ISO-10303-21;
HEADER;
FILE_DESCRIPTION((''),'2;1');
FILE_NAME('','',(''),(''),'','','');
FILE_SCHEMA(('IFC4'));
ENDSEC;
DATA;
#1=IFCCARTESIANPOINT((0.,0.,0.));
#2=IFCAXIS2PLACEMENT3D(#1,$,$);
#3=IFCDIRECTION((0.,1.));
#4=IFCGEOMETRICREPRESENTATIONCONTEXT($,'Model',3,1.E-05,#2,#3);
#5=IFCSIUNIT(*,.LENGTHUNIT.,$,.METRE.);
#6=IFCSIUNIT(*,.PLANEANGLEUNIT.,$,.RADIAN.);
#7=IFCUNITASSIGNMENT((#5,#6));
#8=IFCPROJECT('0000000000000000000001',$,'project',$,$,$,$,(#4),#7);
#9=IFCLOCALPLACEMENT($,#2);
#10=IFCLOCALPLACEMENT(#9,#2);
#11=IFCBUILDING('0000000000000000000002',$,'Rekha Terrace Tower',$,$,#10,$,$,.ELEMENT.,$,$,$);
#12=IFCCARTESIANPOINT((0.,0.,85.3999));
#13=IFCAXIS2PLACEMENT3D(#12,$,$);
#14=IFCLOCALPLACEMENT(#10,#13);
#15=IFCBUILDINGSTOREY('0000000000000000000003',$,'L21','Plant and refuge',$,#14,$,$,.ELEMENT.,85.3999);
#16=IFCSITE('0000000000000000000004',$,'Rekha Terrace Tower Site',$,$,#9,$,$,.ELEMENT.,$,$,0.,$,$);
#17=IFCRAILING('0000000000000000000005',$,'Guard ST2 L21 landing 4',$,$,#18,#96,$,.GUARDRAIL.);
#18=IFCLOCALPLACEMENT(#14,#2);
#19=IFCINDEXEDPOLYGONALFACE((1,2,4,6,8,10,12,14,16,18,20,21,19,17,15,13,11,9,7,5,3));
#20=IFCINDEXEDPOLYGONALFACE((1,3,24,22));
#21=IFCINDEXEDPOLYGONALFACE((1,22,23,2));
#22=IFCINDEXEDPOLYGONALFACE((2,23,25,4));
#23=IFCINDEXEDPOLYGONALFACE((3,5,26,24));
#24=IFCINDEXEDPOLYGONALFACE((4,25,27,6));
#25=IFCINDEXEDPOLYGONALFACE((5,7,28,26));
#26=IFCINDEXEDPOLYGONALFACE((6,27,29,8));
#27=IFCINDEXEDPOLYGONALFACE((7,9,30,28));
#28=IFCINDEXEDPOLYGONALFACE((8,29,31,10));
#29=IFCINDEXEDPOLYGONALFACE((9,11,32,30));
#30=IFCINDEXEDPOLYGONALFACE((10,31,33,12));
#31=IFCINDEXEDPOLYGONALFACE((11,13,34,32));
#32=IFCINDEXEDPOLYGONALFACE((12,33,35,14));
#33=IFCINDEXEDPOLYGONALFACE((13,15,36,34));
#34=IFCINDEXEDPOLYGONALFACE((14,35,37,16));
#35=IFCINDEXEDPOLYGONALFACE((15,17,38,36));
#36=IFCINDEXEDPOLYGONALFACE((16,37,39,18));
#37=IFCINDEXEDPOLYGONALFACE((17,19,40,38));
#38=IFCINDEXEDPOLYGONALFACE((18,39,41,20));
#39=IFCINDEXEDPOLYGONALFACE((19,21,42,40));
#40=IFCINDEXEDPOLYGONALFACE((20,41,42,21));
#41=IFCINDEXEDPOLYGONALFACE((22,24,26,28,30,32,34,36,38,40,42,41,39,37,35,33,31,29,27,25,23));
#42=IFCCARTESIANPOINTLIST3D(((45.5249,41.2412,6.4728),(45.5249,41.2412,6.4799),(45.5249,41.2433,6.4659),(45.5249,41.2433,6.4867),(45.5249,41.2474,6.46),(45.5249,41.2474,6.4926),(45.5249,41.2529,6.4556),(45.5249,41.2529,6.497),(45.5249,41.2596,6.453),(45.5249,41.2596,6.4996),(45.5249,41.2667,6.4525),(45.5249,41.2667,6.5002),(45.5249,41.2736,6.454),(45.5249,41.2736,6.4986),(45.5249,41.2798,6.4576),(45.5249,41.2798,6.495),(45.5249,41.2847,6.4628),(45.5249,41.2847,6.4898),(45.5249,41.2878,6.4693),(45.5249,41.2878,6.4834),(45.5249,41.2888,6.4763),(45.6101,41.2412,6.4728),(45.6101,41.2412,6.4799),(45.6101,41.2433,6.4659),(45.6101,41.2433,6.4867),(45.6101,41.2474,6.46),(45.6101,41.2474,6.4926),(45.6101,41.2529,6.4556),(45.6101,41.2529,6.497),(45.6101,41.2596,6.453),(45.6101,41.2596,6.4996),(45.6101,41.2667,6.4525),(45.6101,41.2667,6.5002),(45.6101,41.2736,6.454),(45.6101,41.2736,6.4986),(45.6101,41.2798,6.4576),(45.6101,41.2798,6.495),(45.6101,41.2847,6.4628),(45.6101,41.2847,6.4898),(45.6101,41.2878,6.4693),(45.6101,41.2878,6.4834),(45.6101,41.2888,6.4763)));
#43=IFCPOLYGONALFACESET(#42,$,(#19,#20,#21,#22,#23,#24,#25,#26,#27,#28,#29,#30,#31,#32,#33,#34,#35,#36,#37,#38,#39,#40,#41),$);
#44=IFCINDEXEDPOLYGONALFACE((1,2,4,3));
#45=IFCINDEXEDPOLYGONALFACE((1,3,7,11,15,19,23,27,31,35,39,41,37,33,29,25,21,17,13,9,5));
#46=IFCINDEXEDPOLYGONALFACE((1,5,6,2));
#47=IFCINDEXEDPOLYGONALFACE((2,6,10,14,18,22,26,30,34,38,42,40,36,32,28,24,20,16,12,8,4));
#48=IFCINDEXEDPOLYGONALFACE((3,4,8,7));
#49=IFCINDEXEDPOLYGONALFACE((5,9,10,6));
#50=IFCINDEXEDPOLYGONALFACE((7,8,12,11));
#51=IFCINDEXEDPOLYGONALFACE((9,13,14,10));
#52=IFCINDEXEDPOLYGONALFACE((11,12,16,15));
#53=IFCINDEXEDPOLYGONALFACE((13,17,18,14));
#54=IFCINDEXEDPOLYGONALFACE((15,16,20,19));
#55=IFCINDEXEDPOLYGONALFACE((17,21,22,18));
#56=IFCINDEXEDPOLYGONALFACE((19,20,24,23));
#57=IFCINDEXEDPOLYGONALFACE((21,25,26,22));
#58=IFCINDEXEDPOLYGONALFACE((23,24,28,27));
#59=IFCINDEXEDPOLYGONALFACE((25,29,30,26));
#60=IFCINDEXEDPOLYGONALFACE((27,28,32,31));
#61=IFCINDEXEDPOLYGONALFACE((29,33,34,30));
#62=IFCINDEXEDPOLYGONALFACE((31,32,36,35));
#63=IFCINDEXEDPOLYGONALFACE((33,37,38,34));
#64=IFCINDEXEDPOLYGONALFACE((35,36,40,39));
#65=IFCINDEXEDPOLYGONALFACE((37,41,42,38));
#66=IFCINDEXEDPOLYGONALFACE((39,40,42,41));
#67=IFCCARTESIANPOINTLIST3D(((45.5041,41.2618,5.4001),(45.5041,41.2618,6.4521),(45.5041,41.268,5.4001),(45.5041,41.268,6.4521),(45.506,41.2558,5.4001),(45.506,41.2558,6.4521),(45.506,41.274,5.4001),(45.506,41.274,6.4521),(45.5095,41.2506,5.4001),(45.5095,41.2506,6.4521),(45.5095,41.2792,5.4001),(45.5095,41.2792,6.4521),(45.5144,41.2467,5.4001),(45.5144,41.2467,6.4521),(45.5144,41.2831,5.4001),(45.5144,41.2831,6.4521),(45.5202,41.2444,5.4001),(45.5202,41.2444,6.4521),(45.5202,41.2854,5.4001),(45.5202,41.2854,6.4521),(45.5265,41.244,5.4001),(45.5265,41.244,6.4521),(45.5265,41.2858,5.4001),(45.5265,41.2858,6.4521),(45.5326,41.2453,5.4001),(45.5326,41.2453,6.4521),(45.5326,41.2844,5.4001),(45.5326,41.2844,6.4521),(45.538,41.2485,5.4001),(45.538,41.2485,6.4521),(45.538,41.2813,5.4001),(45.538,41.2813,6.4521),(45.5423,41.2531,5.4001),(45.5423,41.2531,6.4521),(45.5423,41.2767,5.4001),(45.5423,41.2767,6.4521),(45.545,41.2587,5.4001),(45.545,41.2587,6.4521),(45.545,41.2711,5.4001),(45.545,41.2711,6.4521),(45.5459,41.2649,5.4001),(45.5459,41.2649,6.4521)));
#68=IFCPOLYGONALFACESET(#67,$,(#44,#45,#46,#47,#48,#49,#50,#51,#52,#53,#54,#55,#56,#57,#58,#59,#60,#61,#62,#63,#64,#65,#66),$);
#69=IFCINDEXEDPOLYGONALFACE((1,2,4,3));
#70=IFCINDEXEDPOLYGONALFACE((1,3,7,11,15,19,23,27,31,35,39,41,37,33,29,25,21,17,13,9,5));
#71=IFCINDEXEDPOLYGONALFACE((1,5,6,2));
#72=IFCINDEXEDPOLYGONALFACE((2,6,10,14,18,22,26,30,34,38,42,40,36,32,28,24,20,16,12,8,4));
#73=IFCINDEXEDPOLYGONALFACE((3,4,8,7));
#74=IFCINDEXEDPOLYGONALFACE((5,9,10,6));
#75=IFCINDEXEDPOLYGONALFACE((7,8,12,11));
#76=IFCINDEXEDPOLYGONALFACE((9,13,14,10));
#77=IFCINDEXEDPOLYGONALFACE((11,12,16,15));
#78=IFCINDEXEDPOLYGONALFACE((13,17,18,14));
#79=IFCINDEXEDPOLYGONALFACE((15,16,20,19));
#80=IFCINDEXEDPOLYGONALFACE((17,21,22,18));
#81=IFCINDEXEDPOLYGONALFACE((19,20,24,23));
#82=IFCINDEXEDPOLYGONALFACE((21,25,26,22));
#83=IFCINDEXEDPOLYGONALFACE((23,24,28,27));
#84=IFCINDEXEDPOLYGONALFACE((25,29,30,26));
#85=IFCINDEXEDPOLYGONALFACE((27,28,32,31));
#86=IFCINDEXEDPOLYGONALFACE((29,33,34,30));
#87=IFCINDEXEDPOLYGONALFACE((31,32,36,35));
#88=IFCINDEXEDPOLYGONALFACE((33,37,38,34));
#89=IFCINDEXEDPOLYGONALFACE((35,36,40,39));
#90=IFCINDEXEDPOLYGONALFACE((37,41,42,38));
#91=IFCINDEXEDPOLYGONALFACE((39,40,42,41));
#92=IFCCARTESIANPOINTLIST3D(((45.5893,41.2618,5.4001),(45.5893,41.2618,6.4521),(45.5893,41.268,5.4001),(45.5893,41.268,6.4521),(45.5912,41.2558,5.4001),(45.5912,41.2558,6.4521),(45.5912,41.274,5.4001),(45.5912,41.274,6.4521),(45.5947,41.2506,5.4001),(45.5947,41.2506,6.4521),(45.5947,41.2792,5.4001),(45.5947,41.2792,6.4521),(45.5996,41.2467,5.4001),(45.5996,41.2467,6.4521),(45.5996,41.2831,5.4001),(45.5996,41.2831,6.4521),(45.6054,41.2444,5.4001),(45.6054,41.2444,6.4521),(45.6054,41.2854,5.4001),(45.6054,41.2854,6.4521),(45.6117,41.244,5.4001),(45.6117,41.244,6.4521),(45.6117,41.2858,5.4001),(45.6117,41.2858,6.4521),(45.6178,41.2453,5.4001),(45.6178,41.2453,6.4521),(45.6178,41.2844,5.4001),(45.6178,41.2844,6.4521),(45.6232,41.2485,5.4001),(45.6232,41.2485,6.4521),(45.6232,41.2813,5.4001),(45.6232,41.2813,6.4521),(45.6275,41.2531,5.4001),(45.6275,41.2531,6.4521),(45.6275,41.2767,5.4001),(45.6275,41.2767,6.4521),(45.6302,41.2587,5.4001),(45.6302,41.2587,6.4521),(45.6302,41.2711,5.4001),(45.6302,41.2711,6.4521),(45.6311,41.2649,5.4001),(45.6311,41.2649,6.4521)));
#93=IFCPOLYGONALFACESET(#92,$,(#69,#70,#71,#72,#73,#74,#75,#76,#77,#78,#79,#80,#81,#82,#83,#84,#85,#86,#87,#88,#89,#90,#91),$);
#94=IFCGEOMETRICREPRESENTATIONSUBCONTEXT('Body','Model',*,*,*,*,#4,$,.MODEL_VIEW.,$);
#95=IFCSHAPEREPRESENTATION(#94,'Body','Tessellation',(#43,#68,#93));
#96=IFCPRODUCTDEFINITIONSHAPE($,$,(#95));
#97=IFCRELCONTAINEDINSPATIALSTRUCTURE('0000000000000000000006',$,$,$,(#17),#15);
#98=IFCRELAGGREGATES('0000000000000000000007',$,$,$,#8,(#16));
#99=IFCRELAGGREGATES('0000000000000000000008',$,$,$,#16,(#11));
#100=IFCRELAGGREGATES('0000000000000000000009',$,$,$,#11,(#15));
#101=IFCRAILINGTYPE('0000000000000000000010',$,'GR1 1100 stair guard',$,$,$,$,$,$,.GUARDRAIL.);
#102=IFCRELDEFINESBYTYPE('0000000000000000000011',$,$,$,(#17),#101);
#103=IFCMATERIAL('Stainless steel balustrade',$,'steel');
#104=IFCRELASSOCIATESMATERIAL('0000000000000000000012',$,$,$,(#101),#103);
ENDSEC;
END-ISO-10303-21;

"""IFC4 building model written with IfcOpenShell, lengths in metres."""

from ifc_helpers import new_model, si_unit, direction, frame, origin, origin_2d, place, context, subcontext, project, spatial, circle, extrude, material, type_object, element, save


model = new_model("IFC4")

# Units and contexts
model_context = context("Model", 3, precision=1e-05, world=origin(), true_north=direction((0.0, 1.0)))
body_context = subcontext(model_context, "Body", "Model", "MODEL_VIEW")
ifc_project = project(units=[si_unit("LENGTHUNIT", "METRE"), si_unit("PLANEANGLEUNIT", "RADIAN")], contexts=[model_context])

# Site, building, storey
site_placement = place(None, origin())
site = spatial("IfcSite", under=ifc_project, at=site_placement, Name="Rekha Terrace Tower Site", CompositionType="ELEMENT", RefElevation=0.0)
building_placement = place(site_placement, origin())
building = spatial("IfcBuilding", under=site, at=building_placement, Name="Rekha Terrace Tower", CompositionType="ELEMENT")
storey_placement = place(building_placement, frame((0.0, 0.0, 85.3999)))
storey = spatial("IfcBuildingStorey", under=building, at=storey_placement, Name="L21", Description="Plant and refuge", CompositionType="ELEMENT", Elevation=85.3999)

# Railing
ifc_material_1 = material(Name="Stainless steel balustrade", Category="steel")
railing_type_1 = type_object("IfcRailingType", Name="GR1 1100 stair guard", PredefinedType="GUARDRAIL", material=ifc_material_1)
railing_1_placement = place(storey_placement, frame((45.5249, 41.2649, 5.4001)))
element("IfcRailing", 1, at=railing_1_placement, inside=storey, type_object=railing_type_1, Name="Guard ST2 L21 landing 4", PredefinedType="GUARDRAIL", context=body_context, shape_type="SweptSolid", body=[
    extrude(circle(Radius=0.0239, at=origin_2d()), frame((0.0, 0.0, 1.0762), z_axis=(1.0, 0.0, 0.0), x_axis=(0.0, 1.0, 0.0)), (0.0, 0.0, 1.0), 0.0852),
    extrude(circle(Radius=0.021, at=origin_2d()), origin(), (0.0, 0.0, 1.0), 1.052),
    extrude(circle(Radius=0.021, at=origin_2d()), frame((0.0852, 0.0, 0.0)), (0.0, 0.0, 1.0), 1.052),
])

save(model, "model.ifc")
